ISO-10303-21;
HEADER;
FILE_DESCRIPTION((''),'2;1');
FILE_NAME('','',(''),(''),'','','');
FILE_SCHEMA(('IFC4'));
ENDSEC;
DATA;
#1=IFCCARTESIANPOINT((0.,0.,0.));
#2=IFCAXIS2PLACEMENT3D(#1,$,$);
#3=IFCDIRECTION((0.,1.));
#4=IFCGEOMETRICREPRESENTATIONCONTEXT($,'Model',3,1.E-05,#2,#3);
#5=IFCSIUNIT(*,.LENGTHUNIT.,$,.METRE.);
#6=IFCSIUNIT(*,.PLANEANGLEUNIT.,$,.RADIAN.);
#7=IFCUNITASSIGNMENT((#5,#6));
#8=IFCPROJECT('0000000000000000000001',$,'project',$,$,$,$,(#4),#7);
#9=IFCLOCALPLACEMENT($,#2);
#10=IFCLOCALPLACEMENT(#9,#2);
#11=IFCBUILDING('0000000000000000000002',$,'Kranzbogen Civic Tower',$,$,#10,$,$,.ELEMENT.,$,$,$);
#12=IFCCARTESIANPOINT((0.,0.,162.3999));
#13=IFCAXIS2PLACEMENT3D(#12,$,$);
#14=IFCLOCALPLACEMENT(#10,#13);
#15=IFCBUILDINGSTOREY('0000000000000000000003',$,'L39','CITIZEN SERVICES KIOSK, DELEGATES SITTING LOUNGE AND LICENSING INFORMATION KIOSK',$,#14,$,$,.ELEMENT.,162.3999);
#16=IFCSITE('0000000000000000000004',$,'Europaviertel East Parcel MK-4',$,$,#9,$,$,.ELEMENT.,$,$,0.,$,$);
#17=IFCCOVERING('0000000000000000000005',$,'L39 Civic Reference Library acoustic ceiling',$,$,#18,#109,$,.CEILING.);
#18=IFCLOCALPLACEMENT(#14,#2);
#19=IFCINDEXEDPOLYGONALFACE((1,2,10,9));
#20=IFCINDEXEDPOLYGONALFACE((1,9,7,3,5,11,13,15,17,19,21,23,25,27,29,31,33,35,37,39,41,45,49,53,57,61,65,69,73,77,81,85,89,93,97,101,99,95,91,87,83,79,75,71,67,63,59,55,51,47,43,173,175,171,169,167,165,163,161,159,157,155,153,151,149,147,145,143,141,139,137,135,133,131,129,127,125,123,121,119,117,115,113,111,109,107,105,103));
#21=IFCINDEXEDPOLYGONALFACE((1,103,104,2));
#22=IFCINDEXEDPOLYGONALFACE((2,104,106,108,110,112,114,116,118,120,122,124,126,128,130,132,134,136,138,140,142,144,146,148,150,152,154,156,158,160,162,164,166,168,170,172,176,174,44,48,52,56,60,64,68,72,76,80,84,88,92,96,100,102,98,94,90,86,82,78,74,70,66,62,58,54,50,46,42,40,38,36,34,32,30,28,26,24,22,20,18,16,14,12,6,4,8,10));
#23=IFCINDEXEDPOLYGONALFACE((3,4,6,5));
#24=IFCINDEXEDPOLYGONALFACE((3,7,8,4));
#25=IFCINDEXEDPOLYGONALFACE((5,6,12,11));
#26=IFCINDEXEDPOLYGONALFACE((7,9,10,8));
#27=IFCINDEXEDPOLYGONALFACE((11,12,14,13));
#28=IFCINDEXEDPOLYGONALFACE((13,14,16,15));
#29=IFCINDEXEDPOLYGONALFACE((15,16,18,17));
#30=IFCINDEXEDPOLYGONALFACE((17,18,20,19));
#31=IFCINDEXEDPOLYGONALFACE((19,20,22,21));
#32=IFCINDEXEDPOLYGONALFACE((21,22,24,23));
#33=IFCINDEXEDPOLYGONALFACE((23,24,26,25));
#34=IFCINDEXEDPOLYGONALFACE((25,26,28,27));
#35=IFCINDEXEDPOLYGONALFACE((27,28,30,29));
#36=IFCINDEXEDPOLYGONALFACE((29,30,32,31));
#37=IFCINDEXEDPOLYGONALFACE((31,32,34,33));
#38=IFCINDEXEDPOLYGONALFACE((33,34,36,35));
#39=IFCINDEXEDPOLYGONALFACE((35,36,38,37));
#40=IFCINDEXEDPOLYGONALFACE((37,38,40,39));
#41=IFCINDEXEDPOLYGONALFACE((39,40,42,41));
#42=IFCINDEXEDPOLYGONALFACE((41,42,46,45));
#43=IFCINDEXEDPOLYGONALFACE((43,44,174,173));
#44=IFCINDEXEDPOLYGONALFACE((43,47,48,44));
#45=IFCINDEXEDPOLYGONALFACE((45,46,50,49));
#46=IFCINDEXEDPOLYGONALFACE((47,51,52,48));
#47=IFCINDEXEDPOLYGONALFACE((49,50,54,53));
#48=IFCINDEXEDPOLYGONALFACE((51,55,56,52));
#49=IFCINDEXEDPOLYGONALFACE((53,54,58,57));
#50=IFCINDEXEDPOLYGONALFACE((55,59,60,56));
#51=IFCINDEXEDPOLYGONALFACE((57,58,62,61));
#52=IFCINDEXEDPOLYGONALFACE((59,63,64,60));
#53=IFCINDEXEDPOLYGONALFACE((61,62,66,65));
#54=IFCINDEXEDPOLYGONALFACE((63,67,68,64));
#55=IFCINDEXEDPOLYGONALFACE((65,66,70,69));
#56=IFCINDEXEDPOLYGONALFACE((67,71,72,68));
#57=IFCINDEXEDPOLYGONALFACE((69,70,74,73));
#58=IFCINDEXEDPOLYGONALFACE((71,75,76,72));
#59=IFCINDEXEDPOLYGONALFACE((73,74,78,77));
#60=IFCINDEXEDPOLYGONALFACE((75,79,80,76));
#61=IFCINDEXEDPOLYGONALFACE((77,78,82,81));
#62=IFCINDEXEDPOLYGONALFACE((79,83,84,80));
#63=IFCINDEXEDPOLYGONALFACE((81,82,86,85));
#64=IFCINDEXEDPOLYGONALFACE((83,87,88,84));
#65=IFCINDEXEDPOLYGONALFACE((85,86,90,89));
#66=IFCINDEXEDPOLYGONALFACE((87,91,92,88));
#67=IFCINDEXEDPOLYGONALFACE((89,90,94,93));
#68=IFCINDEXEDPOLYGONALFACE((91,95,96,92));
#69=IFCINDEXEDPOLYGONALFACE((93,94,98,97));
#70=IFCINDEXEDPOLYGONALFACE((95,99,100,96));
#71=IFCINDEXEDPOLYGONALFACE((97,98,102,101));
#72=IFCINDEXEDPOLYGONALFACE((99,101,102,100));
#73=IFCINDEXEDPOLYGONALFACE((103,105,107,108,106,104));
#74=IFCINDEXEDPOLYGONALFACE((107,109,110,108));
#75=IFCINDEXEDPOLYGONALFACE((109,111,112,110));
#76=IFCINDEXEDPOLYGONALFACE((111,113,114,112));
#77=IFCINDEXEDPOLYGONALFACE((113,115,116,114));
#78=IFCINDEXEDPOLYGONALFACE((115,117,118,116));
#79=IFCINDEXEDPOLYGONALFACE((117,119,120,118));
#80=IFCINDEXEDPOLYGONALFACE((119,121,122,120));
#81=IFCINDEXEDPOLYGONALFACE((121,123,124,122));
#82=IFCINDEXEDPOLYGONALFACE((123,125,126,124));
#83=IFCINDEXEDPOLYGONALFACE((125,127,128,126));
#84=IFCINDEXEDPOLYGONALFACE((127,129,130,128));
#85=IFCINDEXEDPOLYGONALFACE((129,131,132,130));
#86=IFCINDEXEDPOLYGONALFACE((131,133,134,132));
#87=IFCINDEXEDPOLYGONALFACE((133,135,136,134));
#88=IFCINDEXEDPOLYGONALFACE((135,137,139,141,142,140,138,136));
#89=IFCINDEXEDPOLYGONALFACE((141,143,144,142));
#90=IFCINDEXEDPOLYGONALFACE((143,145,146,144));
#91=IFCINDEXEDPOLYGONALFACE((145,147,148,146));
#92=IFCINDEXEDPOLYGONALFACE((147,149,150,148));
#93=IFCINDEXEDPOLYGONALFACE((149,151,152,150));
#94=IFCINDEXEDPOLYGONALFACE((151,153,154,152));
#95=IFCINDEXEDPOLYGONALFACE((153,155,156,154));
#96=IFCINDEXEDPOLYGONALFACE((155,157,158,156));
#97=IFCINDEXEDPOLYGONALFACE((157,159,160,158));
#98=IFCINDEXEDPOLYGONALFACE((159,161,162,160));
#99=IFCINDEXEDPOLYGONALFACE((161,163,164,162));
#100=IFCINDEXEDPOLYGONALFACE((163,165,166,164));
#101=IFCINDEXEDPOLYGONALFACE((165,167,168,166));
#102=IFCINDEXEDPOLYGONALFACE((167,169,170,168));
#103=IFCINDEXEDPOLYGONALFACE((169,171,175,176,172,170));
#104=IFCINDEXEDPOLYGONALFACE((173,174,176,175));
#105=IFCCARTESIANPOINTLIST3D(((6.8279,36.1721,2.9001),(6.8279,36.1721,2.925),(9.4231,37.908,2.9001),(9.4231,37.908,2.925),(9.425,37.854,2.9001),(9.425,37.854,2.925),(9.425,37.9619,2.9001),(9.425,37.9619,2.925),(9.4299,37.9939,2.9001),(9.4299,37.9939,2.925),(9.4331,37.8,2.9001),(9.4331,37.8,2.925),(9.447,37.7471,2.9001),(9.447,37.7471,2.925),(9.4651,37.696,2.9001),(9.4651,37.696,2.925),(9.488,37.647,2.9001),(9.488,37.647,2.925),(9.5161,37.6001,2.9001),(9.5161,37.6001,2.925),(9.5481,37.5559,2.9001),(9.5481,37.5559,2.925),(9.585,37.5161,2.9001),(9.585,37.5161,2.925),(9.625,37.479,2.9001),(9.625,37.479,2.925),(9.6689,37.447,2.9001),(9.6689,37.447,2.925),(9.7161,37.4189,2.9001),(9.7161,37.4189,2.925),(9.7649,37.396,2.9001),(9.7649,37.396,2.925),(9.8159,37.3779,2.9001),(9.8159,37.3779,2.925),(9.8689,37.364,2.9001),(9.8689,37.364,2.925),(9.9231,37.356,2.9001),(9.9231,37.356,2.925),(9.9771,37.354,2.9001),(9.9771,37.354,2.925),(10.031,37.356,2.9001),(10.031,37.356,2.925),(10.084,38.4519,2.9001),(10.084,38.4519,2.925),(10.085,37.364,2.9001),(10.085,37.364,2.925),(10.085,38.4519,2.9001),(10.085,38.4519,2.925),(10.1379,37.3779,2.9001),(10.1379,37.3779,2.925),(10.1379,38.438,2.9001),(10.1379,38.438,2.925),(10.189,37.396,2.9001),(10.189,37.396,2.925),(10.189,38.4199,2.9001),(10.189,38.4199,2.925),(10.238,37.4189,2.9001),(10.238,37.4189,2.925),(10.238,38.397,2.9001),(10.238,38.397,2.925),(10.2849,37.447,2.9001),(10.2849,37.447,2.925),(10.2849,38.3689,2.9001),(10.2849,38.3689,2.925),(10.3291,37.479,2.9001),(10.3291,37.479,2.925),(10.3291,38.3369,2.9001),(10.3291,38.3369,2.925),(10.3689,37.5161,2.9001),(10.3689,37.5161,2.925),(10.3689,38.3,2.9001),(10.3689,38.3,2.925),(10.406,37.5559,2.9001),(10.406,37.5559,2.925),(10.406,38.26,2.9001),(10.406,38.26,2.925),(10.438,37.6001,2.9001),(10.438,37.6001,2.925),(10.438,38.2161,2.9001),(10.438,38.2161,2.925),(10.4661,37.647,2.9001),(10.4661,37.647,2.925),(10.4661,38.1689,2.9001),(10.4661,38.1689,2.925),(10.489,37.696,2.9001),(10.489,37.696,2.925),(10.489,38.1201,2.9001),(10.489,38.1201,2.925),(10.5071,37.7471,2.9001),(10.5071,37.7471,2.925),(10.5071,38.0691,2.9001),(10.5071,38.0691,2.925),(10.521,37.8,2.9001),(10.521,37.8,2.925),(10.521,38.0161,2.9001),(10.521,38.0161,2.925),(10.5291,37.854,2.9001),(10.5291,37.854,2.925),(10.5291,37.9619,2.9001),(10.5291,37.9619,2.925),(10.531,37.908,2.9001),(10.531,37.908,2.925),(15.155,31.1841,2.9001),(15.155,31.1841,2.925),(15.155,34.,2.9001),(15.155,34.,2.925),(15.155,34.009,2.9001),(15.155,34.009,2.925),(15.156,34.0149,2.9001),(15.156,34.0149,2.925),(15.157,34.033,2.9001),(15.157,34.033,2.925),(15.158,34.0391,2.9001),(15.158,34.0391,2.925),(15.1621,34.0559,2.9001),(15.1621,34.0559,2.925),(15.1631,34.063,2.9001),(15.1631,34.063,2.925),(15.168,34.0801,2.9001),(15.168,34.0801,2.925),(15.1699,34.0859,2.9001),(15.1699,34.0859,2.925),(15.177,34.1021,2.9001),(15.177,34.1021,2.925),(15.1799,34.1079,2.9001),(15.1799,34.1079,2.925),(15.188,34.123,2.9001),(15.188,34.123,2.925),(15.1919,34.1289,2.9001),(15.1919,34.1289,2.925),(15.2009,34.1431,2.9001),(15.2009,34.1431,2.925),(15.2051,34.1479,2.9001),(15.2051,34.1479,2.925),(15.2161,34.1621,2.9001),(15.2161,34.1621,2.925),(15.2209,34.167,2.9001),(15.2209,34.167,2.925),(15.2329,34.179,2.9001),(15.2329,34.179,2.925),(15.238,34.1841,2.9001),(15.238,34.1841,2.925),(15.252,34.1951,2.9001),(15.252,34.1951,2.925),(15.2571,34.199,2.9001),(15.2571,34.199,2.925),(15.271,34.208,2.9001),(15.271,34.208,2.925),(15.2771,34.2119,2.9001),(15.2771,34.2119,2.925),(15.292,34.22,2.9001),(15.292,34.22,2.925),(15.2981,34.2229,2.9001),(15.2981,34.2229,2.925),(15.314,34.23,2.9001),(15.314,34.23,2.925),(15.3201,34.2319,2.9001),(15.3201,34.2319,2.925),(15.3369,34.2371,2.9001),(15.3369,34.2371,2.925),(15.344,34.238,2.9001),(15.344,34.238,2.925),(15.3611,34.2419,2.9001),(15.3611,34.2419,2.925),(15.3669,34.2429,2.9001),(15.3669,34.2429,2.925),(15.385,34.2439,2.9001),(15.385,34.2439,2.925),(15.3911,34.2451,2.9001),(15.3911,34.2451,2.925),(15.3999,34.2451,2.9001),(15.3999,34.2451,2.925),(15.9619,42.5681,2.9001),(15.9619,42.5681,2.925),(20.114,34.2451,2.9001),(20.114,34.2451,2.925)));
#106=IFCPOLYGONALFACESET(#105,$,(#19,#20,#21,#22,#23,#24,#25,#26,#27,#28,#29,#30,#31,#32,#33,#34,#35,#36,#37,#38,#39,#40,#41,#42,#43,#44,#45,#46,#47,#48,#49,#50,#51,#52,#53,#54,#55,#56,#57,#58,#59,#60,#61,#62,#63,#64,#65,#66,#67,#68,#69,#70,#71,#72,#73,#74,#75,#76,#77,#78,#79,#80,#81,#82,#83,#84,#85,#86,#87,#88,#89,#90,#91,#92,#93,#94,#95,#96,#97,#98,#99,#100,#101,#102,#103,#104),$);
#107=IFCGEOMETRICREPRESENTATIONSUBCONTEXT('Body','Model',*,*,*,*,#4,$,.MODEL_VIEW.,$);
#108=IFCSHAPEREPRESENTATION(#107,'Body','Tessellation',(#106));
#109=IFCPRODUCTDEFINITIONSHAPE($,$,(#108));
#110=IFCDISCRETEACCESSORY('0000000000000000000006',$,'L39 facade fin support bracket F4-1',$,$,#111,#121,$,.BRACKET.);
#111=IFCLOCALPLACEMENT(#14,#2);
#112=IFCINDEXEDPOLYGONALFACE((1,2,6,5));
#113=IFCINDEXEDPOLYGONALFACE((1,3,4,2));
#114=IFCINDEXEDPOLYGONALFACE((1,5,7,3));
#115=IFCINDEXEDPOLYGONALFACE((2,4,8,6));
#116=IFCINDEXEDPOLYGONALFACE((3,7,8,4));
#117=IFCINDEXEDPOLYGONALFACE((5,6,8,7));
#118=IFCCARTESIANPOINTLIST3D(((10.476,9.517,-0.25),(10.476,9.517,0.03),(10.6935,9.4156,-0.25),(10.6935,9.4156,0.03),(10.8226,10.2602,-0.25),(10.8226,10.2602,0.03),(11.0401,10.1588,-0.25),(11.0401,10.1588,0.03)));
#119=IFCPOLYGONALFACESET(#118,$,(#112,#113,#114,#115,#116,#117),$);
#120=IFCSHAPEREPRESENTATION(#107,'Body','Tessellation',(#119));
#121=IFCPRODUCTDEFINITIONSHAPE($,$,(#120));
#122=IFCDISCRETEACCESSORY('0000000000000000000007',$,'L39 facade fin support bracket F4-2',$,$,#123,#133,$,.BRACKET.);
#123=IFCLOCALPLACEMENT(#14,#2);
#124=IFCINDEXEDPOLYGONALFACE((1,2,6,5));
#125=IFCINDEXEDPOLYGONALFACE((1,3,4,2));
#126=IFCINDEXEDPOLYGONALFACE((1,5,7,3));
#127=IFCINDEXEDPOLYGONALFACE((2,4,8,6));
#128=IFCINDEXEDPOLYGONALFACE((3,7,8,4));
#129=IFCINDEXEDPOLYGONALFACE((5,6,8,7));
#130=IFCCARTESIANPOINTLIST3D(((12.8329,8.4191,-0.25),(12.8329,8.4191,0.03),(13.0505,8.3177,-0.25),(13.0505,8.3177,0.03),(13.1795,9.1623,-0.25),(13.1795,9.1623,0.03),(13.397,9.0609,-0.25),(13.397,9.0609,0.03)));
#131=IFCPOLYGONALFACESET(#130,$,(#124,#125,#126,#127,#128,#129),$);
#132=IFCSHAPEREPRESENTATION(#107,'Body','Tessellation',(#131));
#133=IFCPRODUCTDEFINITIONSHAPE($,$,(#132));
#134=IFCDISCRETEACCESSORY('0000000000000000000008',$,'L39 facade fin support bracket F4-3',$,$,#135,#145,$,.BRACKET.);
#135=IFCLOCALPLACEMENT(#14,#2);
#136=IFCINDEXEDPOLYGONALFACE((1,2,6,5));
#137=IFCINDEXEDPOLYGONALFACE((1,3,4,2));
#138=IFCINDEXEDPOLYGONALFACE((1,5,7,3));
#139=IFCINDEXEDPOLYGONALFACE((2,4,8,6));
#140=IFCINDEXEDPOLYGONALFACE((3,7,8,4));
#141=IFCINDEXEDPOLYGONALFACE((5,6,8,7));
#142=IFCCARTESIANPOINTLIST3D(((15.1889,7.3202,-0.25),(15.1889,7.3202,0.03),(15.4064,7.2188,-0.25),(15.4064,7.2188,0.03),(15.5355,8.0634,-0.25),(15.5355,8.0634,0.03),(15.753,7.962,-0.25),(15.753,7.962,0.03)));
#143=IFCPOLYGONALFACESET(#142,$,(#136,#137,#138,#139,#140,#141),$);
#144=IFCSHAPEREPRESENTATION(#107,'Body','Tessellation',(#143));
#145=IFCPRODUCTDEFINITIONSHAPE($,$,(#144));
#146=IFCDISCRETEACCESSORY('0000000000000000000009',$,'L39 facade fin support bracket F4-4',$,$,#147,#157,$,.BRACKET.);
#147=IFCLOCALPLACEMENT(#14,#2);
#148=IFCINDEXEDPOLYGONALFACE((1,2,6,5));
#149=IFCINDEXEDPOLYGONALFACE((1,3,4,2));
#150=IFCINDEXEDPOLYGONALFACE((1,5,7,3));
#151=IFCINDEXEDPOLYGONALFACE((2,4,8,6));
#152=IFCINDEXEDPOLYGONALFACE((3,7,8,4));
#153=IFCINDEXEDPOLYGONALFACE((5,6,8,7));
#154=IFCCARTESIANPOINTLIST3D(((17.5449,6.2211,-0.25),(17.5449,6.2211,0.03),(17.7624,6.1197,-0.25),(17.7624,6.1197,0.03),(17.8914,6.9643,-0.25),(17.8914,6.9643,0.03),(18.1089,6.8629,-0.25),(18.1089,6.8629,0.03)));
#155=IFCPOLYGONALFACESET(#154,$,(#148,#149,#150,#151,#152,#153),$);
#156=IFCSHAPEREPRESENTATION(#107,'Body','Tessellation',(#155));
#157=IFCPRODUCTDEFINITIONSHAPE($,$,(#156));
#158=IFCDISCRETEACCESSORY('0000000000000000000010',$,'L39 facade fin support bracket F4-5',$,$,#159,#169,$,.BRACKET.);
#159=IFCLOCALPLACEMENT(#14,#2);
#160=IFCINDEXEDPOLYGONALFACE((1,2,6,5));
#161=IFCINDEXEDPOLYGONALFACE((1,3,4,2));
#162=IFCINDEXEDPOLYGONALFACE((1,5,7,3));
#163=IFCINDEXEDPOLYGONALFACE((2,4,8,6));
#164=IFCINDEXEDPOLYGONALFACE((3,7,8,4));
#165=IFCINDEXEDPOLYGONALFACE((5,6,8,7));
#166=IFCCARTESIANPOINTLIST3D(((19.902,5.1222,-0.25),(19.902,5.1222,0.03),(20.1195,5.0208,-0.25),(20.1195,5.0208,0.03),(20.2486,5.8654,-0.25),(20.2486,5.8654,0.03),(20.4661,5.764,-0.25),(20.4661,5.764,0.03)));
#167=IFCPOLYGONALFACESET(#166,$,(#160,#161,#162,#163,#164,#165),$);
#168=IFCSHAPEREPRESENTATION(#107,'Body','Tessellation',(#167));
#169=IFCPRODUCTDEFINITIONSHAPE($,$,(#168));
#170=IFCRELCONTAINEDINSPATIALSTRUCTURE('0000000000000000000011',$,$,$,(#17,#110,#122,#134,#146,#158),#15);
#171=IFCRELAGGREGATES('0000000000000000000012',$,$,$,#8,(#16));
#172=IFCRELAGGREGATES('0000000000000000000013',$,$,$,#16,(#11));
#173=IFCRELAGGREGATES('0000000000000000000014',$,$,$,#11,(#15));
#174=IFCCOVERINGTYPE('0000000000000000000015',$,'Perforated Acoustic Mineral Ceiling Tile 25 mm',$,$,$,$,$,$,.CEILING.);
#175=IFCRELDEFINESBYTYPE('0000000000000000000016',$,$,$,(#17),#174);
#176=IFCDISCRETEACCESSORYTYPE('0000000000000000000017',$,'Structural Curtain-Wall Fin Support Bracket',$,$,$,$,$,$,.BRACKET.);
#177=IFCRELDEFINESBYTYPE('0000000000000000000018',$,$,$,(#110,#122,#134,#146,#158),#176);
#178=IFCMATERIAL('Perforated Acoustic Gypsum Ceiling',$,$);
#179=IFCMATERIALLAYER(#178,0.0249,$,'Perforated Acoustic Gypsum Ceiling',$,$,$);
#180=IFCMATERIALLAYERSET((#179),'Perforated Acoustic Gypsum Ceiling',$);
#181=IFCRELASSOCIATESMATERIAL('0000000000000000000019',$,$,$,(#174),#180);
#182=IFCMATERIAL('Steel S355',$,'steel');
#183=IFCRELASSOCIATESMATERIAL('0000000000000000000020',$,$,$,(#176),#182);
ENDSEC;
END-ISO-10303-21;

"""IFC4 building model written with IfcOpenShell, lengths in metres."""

from ifc_helpers import new_model, si_unit, direction, frame, origin, origin_2d, place, context, subcontext, project, spatial, polyline, rectangle, outline, extrude, material, layer, layer_set, type_object, element, save


model = new_model("IFC4")

# Units and contexts
model_context = context("Model", 3, precision=1e-05, world=origin(), true_north=direction((0.0, 1.0)))
body_context = subcontext(model_context, "Body", "Model", "MODEL_VIEW")
ifc_project = project(units=[si_unit("LENGTHUNIT", "METRE"), si_unit("PLANEANGLEUNIT", "RADIAN")], contexts=[model_context])

# Site, building, storey
site_placement = place(None, origin())
site = spatial("IfcSite", under=ifc_project, at=site_placement, Name="Europaviertel East Parcel MK-4", CompositionType="ELEMENT", RefElevation=0.0)
building_placement = place(site_placement, origin())
building = spatial("IfcBuilding", under=site, at=building_placement, Name="Kranzbogen Civic Tower", CompositionType="ELEMENT")
storey_placement = place(building_placement, frame((0.0, 0.0, 162.3999)))
storey = spatial("IfcBuildingStorey", under=building, at=storey_placement, Name="L39", Description="CITIZEN SERVICES KIOSK, DELEGATES SITTING LOUNGE AND LICENSING INFORMATION KIOSK", CompositionType="ELEMENT", Elevation=162.3999)

# Shared definitions
ifc_material_1 = material(Name="Steel S355", Category="steel")

# Covering
ifc_material_2 = material(Name="Perforated Acoustic Gypsum Ceiling")
ifc_layer_1 = layer(ifc_material_2, 0.0249, Name="Perforated Acoustic Gypsum Ceiling")
ifc_layer_set_1 = layer_set([ifc_layer_1], Name="Perforated Acoustic Gypsum Ceiling")
covering_type_1 = type_object("IfcCoveringType", Name="Perforated Acoustic Mineral Ceiling Tile 25 mm", PredefinedType="CEILING", material=ifc_layer_set_1)
covering_1_placement = place(storey_placement, frame((0.0, 0.0, 2.9001)))
element("IfcCovering", 1, at=covering_1_placement, inside=storey, type_object=covering_type_1, Name="L39 Civic Reference Library acoustic ceiling", PredefinedType="CEILING", context=body_context, shape_type="SweptSolid", body=[
    extrude(outline(polyline([(20.114, 34.2451), (15.3999, 34.2451), (15.3911, 34.2451), (15.385, 34.2439), (15.3669, 34.2429), (15.3611, 34.2419), (15.344, 34.238), (15.3369, 34.2371), (15.3201, 34.2319), (15.314, 34.23), (15.2981, 34.2229), (15.292, 34.22), (15.2771, 34.2119), (15.271, 34.208), (15.2571, 34.199), (15.252, 34.1951), (15.238, 34.1841), (15.2329, 34.179), (15.2209, 34.167), (15.2161, 34.1621), (15.2051, 34.1479), (15.2009, 34.1431), (15.1919, 34.1289), (15.188, 34.123), (15.1799, 34.1079), (15.177, 34.1021), (15.1699, 34.0859), (15.168, 34.0801), (15.1631, 34.063), (15.1621, 34.0559), (15.158, 34.0391), (15.157, 34.033), (15.156, 34.0149), (15.155, 34.009), (15.155, 34.0), (15.155, 31.1841), (6.8279, 36.1721), (9.4299, 37.9939), (9.425, 37.9619), (9.4231, 37.908), (9.425, 37.854), (9.4331, 37.8), (9.447, 37.7471), (9.4651, 37.696), (9.488, 37.647), (9.5161, 37.6001), (9.5481, 37.5559), (9.585, 37.5161), (9.625, 37.479), (9.6689, 37.447), (9.7161, 37.4189), (9.7649, 37.396), (9.8159, 37.3779), (9.8689, 37.364), (9.9231, 37.356), (9.9771, 37.354), (10.031, 37.356), (10.085, 37.364), (10.1379, 37.3779), (10.189, 37.396), (10.238, 37.4189), (10.2849, 37.447), (10.3291, 37.479), (10.3689, 37.5161), (10.406, 37.5559), (10.438, 37.6001), (10.4661, 37.647), (10.489, 37.696), (10.5071, 37.7471), (10.521, 37.8), (10.5291, 37.854), (10.531, 37.908), (10.5291, 37.9619), (10.521, 38.0161), (10.5071, 38.0691), (10.489, 38.1201), (10.4661, 38.1689), (10.438, 38.2161), (10.406, 38.26), (10.3689, 38.3), (10.3291, 38.3369), (10.2849, 38.3689), (10.238, 38.397), (10.189, 38.4199), (10.1379, 38.438), (10.085, 38.4519), (10.084, 38.4519), (15.9619, 42.5681), (20.114, 34.2451)])), origin(), (0.0, 0.0, 1.0), 0.0249),
])

# Discrete accessories
discrete_accessory_type = type_object("IfcDiscreteAccessoryType", Name="Structural Curtain-Wall Fin Support Bracket", PredefinedType="BRACKET", material=ifc_material_1)
for number, where, z_axis, x_axis, name in (
    (2, (10.7581, 9.8379, -0.25), (0.0, 0.0, 1.0), (-0.422618, -0.906308, 0.0), "L39 facade fin support bracket F4-1"),
    (3, (13.115, 8.74, -0.25), (0.0, 0.0, 1.0), (-0.422618, -0.906308, 0.0), "L39 facade fin support bracket F4-2"),
    (4, (15.4709, 7.6411, -0.25), (0.0, 0.0, 1.0), (-0.422618, -0.906308, 0.0), "L39 facade fin support bracket F4-3"),
    (5, (17.8269, 6.542, -0.25), (0.0, 0.0, 1.0), (-0.422618, -0.906308, 0.0), "L39 facade fin support bracket F4-4"),
    (6, (20.1841, 5.4431, -0.25), (0.0, 0.0, 1.0), (-0.422618, -0.906308, 0.0), "L39 facade fin support bracket F4-5"),
):
    element("IfcDiscreteAccessory", number, at=place(storey_placement, frame(where, z_axis=z_axis, x_axis=x_axis)), inside=storey, type_object=discrete_accessory_type, Name=name, PredefinedType="BRACKET", context=body_context, shape_type="SweptSolid", body=[
        extrude(rectangle(XDim=0.8201, YDim=0.24, at=origin_2d()), origin(), (0.0, 0.0, 1.0), 0.28),
    ])

save(model, "model.ifc")
